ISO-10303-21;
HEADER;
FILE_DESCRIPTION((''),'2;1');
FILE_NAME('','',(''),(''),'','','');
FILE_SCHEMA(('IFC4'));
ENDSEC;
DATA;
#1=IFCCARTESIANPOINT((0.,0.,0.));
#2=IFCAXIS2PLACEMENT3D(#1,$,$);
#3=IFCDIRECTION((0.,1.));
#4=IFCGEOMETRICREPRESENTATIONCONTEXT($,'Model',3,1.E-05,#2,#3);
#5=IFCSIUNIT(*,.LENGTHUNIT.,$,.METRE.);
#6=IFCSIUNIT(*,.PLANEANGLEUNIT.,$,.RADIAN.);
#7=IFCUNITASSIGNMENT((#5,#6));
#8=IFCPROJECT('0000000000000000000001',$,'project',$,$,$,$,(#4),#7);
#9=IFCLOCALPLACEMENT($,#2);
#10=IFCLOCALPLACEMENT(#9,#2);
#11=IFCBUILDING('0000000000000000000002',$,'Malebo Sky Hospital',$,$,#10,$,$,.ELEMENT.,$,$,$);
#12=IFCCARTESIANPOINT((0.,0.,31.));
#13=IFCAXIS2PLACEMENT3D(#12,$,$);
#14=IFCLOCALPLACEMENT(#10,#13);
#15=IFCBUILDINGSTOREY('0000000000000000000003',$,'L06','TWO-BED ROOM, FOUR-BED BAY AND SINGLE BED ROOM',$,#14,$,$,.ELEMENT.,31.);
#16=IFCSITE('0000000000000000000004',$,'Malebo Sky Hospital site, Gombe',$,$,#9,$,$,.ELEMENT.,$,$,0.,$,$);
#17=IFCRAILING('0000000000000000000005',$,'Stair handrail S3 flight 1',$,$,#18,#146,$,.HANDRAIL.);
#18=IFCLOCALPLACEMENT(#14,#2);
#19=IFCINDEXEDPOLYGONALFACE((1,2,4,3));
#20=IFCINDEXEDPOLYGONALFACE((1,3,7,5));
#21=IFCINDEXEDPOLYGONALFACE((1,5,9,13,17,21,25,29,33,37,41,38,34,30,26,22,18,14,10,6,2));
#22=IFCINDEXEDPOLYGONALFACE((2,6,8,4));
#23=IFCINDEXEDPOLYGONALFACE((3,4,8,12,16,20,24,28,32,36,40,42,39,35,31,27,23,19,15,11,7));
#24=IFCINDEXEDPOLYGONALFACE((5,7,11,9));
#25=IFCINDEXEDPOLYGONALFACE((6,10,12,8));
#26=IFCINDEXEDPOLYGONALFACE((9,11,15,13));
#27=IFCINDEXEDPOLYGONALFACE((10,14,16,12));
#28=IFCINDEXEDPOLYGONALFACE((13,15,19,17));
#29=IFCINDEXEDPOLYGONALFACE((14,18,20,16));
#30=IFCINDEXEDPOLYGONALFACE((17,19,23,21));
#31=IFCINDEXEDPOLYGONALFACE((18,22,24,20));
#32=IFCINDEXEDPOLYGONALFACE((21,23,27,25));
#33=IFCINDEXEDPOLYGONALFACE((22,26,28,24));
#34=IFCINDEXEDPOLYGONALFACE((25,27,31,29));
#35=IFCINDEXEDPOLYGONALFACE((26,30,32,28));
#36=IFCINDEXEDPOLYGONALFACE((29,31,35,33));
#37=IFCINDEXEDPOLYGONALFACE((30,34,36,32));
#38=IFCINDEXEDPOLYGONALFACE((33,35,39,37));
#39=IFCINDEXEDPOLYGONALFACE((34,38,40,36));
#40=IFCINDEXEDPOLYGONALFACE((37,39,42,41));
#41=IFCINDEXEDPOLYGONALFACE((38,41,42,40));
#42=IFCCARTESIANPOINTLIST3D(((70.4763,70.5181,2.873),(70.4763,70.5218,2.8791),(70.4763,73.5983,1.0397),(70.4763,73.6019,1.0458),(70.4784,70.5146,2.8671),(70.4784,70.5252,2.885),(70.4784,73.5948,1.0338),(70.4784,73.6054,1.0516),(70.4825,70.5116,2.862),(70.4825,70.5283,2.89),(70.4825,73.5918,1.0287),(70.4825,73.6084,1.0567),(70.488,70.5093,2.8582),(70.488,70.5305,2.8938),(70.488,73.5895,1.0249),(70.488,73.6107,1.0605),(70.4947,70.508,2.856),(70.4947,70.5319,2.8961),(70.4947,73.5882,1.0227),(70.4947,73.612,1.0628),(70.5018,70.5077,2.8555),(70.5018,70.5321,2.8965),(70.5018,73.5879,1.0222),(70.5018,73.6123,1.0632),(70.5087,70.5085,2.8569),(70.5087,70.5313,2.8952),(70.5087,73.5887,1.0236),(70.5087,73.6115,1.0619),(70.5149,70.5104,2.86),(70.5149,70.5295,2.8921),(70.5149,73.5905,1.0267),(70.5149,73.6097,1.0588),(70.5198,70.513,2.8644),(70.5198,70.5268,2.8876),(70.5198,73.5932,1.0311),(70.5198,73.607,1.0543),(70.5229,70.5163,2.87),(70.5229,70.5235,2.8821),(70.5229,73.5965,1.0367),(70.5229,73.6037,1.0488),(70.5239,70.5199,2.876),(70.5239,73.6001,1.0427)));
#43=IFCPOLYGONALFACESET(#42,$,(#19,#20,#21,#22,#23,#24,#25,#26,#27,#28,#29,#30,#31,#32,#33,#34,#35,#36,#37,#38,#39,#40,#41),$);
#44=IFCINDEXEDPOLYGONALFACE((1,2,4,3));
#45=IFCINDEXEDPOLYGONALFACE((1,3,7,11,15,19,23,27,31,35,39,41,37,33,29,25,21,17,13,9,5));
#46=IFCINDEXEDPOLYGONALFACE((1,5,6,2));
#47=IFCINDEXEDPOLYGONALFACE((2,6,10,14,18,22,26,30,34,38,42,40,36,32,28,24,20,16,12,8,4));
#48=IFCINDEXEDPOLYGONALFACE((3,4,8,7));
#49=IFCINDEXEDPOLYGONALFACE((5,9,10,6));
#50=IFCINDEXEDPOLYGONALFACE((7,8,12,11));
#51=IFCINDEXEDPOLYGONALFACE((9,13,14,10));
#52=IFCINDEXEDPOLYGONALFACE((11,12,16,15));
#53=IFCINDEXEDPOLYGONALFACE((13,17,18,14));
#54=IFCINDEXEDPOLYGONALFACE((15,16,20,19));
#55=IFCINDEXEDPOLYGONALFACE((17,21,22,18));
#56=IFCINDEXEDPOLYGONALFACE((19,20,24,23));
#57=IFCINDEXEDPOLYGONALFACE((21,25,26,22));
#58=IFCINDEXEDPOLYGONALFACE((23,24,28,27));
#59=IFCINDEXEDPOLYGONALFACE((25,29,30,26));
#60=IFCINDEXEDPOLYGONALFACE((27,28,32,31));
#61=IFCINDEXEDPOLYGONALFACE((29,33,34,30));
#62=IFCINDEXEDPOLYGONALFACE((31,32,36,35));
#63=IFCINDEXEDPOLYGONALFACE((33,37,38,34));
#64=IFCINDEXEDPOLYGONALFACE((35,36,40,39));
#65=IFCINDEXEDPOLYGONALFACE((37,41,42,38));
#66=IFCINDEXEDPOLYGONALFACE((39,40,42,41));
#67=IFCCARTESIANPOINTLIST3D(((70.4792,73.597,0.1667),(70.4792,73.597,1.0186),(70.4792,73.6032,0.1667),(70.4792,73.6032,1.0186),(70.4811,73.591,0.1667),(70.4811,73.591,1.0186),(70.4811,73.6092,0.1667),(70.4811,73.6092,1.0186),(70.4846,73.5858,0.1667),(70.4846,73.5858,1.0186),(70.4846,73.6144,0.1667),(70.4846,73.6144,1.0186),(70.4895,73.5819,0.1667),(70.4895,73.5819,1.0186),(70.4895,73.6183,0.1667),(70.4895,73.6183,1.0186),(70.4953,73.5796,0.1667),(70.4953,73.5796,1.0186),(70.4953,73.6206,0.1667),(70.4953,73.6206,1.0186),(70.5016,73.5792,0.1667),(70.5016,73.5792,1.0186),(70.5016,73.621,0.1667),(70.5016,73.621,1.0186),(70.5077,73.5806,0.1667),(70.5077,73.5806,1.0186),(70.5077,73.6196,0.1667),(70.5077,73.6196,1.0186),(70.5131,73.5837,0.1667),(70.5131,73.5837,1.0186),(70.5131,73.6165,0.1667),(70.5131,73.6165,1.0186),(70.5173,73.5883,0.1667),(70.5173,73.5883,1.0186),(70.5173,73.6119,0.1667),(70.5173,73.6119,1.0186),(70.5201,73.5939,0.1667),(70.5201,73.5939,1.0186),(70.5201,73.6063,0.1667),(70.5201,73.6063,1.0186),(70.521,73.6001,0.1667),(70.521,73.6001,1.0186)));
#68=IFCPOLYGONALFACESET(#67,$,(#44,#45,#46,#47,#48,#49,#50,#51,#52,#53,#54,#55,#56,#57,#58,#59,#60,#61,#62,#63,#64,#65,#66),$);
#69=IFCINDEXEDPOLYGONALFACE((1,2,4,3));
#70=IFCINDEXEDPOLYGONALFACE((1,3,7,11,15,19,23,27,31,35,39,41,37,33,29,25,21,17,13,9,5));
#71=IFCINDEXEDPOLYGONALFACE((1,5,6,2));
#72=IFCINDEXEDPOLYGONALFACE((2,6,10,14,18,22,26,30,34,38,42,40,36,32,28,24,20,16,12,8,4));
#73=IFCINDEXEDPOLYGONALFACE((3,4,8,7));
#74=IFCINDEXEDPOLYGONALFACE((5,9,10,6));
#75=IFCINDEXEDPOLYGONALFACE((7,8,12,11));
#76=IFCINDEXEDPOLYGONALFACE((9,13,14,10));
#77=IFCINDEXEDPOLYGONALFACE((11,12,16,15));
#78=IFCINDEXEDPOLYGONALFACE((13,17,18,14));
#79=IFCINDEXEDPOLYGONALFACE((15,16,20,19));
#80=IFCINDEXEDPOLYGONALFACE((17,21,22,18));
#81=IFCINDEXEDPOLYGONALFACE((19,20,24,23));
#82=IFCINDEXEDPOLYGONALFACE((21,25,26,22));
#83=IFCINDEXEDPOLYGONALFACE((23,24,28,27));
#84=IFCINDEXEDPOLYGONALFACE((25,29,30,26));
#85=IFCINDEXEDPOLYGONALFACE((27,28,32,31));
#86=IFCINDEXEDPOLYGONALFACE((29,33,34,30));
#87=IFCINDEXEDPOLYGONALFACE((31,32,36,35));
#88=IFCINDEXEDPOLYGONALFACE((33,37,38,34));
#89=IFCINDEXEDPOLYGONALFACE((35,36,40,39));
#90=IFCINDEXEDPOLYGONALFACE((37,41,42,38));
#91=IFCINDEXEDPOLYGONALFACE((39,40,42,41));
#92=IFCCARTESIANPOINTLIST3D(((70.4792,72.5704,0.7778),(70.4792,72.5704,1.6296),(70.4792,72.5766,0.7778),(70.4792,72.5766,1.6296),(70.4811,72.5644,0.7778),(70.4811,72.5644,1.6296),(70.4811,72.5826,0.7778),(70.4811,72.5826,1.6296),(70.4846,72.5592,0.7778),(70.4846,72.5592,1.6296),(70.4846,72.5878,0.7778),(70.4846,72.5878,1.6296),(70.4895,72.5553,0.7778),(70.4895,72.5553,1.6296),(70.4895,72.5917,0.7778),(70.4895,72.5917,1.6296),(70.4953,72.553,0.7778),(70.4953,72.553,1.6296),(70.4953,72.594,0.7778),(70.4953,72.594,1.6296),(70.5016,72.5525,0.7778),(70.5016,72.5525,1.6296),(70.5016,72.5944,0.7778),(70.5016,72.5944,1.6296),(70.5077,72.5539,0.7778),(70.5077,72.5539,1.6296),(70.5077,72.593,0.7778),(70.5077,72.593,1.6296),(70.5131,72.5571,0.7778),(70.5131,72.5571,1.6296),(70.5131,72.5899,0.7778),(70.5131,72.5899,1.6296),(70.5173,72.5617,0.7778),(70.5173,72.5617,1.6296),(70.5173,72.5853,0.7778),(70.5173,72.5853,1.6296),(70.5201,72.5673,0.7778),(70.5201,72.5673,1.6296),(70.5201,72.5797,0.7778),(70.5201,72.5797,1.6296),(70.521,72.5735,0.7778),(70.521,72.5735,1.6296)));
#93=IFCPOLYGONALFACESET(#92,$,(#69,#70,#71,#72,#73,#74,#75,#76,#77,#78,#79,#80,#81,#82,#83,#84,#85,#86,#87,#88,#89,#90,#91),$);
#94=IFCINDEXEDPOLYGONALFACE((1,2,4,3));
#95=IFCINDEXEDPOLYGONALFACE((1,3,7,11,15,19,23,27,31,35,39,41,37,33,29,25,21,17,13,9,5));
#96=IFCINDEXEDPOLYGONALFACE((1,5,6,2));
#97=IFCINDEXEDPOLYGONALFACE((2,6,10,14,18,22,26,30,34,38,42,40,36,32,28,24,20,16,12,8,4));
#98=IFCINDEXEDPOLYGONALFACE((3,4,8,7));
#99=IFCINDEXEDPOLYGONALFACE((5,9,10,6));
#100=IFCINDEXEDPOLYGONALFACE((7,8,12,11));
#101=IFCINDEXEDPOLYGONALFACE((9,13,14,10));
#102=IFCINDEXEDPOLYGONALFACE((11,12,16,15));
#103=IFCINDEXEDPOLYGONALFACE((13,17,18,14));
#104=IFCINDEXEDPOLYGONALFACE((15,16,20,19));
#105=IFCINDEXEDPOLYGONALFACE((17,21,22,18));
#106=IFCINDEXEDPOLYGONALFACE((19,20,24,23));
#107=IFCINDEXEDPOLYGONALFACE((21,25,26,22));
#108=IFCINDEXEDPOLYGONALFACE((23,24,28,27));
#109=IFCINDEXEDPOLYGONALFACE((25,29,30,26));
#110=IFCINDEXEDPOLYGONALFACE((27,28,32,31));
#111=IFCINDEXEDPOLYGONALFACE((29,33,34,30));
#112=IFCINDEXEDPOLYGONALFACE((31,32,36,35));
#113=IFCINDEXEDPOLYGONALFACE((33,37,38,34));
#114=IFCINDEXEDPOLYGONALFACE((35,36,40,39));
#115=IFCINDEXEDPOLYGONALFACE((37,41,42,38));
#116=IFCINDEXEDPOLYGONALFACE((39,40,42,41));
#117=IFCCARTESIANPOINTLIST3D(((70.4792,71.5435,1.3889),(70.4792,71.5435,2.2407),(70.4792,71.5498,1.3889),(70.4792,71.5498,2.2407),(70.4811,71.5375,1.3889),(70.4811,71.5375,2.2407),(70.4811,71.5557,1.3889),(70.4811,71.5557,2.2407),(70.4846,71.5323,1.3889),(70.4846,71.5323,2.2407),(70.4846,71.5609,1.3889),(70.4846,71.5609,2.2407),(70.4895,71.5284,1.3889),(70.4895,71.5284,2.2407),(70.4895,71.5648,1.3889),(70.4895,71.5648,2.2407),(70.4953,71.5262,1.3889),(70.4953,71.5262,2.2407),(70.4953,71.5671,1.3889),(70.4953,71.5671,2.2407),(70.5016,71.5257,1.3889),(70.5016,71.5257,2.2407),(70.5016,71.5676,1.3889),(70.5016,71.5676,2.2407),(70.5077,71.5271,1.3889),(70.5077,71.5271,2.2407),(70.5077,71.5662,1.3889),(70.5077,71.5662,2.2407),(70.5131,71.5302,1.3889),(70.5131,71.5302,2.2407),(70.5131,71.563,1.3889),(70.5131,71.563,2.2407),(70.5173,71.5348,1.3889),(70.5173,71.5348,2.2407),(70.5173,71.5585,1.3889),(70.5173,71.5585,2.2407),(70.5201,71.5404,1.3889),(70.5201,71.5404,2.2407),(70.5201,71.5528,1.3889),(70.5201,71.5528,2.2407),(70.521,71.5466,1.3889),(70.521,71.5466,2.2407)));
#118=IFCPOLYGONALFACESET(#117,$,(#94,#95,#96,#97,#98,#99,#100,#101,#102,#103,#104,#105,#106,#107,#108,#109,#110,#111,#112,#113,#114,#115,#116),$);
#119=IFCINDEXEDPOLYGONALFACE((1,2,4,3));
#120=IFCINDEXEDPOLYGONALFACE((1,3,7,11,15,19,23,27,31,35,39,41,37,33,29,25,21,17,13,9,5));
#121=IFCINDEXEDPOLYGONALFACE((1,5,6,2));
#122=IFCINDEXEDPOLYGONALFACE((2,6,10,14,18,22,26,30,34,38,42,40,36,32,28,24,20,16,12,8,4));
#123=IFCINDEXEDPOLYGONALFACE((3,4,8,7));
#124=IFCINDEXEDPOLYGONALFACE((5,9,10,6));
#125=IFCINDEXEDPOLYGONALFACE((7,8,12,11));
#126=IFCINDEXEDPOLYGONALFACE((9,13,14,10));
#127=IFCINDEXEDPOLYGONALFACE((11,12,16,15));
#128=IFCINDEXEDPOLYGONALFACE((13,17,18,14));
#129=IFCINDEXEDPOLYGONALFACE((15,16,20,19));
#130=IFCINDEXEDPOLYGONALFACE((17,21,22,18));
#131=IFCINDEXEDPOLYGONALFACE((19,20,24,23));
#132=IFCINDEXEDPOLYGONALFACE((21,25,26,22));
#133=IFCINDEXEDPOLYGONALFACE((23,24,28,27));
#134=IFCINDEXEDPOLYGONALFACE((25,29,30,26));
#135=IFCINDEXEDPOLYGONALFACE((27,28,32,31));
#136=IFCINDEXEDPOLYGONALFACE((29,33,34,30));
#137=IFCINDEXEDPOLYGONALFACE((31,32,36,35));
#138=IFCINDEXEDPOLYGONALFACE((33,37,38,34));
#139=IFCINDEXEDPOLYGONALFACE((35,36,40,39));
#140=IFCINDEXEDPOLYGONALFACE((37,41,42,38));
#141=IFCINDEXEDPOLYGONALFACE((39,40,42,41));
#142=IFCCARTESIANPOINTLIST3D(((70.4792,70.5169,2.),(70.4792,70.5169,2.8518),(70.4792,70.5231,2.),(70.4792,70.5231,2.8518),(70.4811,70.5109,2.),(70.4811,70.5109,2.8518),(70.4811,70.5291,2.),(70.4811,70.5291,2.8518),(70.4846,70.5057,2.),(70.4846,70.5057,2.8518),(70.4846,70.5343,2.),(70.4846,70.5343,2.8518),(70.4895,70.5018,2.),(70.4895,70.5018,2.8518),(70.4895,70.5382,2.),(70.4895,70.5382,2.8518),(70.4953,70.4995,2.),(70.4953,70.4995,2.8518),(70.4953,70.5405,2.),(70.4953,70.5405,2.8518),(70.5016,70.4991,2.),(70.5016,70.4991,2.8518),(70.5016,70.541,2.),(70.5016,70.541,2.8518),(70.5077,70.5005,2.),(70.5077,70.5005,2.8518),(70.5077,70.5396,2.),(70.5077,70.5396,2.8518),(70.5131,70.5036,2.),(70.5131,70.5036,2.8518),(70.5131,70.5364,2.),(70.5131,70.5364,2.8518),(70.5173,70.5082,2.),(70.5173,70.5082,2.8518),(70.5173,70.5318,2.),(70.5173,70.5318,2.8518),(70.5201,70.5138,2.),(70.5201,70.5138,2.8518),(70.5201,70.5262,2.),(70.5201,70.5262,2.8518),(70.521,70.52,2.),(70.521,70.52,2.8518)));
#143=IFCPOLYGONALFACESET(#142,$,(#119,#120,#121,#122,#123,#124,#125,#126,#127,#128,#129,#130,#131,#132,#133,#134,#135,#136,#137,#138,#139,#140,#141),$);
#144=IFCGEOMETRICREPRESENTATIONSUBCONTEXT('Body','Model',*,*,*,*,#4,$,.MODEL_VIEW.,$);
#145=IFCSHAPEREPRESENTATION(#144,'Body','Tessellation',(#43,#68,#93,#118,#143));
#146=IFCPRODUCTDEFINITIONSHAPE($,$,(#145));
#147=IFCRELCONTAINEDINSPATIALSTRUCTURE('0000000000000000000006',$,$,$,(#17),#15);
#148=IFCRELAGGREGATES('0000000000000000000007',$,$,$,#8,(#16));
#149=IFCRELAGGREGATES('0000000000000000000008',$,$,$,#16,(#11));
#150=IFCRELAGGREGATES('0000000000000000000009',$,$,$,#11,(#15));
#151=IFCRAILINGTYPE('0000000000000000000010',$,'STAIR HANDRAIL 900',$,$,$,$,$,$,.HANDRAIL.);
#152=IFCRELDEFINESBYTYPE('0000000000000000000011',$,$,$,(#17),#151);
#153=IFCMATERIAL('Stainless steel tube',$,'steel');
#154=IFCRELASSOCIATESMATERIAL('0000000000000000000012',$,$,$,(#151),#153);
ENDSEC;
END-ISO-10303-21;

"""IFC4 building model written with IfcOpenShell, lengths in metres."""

from ifc_helpers import new_model, si_unit, direction, frame, origin, origin_2d, place, context, subcontext, project, spatial, circle, extrude, material, type_object, element, save


model = new_model("IFC4")

# Units and contexts
model_context = context("Model", 3, precision=1e-05, world=origin(), true_north=direction((0.0, 1.0)))
body_context = subcontext(model_context, "Body", "Model", "MODEL_VIEW")
ifc_project = project(units=[si_unit("LENGTHUNIT", "METRE"), si_unit("PLANEANGLEUNIT", "RADIAN")], contexts=[model_context])

# Site, building, storey
site_placement = place(None, origin())
site = spatial("IfcSite", under=ifc_project, at=site_placement, Name="Malebo Sky Hospital site, Gombe", CompositionType="ELEMENT", RefElevation=0.0)
building_placement = place(site_placement, origin())
building = spatial("IfcBuilding", under=site, at=building_placement, Name="Malebo Sky Hospital", CompositionType="ELEMENT")
storey_placement = place(building_placement, frame((0.0, 0.0, 31.0)))
storey = spatial("IfcBuildingStorey", under=building, at=storey_placement, Name="L06", Description="TWO-BED ROOM, FOUR-BED BAY AND SINGLE BED ROOM", CompositionType="ELEMENT", Elevation=31.0)

# Railing
ifc_material_1 = material(Name="Stainless steel tube", Category="steel")
railing_type = type_object("IfcRailingType", Name="STAIR HANDRAIL 900", PredefinedType="HANDRAIL", material=ifc_material_1)
railing_1_placement = place(storey_placement, frame((70.5, 73.6001, 0.1667)))
element("IfcRailing", 1, at=railing_1_placement, inside=storey, type_object=railing_type, Name="Stair handrail S3 flight 1", PredefinedType="HANDRAIL", context=body_context, shape_type="SweptSolid", body=[
    extrude(circle(Radius=0.0239, at=origin_2d()), frame((0.0, 0.0, 0.876), z_axis=(0.0, -0.859309, 0.511458), x_axis=(1.0, 0.0, 0.0)), (0.0, 0.0, 1.0), 3.5845),
    extrude(circle(Radius=0.021, at=origin_2d()), origin(), (0.0, 0.0, 1.0), 0.8518),
    extrude(circle(Radius=0.021, at=origin_2d()), frame((0.0, -1.0266, 0.6111)), (0.0, 0.0, 1.0), 0.8518),
    extrude(circle(Radius=0.021, at=origin_2d()), frame((0.0, -2.0535, 1.2222)), (0.0, 0.0, 1.0), 0.8518),
    extrude(circle(Radius=0.021, at=origin_2d()), frame((0.0, -3.0801, 1.8333)), (0.0, 0.0, 1.0), 0.8518),
])

save(model, "model.ifc")
